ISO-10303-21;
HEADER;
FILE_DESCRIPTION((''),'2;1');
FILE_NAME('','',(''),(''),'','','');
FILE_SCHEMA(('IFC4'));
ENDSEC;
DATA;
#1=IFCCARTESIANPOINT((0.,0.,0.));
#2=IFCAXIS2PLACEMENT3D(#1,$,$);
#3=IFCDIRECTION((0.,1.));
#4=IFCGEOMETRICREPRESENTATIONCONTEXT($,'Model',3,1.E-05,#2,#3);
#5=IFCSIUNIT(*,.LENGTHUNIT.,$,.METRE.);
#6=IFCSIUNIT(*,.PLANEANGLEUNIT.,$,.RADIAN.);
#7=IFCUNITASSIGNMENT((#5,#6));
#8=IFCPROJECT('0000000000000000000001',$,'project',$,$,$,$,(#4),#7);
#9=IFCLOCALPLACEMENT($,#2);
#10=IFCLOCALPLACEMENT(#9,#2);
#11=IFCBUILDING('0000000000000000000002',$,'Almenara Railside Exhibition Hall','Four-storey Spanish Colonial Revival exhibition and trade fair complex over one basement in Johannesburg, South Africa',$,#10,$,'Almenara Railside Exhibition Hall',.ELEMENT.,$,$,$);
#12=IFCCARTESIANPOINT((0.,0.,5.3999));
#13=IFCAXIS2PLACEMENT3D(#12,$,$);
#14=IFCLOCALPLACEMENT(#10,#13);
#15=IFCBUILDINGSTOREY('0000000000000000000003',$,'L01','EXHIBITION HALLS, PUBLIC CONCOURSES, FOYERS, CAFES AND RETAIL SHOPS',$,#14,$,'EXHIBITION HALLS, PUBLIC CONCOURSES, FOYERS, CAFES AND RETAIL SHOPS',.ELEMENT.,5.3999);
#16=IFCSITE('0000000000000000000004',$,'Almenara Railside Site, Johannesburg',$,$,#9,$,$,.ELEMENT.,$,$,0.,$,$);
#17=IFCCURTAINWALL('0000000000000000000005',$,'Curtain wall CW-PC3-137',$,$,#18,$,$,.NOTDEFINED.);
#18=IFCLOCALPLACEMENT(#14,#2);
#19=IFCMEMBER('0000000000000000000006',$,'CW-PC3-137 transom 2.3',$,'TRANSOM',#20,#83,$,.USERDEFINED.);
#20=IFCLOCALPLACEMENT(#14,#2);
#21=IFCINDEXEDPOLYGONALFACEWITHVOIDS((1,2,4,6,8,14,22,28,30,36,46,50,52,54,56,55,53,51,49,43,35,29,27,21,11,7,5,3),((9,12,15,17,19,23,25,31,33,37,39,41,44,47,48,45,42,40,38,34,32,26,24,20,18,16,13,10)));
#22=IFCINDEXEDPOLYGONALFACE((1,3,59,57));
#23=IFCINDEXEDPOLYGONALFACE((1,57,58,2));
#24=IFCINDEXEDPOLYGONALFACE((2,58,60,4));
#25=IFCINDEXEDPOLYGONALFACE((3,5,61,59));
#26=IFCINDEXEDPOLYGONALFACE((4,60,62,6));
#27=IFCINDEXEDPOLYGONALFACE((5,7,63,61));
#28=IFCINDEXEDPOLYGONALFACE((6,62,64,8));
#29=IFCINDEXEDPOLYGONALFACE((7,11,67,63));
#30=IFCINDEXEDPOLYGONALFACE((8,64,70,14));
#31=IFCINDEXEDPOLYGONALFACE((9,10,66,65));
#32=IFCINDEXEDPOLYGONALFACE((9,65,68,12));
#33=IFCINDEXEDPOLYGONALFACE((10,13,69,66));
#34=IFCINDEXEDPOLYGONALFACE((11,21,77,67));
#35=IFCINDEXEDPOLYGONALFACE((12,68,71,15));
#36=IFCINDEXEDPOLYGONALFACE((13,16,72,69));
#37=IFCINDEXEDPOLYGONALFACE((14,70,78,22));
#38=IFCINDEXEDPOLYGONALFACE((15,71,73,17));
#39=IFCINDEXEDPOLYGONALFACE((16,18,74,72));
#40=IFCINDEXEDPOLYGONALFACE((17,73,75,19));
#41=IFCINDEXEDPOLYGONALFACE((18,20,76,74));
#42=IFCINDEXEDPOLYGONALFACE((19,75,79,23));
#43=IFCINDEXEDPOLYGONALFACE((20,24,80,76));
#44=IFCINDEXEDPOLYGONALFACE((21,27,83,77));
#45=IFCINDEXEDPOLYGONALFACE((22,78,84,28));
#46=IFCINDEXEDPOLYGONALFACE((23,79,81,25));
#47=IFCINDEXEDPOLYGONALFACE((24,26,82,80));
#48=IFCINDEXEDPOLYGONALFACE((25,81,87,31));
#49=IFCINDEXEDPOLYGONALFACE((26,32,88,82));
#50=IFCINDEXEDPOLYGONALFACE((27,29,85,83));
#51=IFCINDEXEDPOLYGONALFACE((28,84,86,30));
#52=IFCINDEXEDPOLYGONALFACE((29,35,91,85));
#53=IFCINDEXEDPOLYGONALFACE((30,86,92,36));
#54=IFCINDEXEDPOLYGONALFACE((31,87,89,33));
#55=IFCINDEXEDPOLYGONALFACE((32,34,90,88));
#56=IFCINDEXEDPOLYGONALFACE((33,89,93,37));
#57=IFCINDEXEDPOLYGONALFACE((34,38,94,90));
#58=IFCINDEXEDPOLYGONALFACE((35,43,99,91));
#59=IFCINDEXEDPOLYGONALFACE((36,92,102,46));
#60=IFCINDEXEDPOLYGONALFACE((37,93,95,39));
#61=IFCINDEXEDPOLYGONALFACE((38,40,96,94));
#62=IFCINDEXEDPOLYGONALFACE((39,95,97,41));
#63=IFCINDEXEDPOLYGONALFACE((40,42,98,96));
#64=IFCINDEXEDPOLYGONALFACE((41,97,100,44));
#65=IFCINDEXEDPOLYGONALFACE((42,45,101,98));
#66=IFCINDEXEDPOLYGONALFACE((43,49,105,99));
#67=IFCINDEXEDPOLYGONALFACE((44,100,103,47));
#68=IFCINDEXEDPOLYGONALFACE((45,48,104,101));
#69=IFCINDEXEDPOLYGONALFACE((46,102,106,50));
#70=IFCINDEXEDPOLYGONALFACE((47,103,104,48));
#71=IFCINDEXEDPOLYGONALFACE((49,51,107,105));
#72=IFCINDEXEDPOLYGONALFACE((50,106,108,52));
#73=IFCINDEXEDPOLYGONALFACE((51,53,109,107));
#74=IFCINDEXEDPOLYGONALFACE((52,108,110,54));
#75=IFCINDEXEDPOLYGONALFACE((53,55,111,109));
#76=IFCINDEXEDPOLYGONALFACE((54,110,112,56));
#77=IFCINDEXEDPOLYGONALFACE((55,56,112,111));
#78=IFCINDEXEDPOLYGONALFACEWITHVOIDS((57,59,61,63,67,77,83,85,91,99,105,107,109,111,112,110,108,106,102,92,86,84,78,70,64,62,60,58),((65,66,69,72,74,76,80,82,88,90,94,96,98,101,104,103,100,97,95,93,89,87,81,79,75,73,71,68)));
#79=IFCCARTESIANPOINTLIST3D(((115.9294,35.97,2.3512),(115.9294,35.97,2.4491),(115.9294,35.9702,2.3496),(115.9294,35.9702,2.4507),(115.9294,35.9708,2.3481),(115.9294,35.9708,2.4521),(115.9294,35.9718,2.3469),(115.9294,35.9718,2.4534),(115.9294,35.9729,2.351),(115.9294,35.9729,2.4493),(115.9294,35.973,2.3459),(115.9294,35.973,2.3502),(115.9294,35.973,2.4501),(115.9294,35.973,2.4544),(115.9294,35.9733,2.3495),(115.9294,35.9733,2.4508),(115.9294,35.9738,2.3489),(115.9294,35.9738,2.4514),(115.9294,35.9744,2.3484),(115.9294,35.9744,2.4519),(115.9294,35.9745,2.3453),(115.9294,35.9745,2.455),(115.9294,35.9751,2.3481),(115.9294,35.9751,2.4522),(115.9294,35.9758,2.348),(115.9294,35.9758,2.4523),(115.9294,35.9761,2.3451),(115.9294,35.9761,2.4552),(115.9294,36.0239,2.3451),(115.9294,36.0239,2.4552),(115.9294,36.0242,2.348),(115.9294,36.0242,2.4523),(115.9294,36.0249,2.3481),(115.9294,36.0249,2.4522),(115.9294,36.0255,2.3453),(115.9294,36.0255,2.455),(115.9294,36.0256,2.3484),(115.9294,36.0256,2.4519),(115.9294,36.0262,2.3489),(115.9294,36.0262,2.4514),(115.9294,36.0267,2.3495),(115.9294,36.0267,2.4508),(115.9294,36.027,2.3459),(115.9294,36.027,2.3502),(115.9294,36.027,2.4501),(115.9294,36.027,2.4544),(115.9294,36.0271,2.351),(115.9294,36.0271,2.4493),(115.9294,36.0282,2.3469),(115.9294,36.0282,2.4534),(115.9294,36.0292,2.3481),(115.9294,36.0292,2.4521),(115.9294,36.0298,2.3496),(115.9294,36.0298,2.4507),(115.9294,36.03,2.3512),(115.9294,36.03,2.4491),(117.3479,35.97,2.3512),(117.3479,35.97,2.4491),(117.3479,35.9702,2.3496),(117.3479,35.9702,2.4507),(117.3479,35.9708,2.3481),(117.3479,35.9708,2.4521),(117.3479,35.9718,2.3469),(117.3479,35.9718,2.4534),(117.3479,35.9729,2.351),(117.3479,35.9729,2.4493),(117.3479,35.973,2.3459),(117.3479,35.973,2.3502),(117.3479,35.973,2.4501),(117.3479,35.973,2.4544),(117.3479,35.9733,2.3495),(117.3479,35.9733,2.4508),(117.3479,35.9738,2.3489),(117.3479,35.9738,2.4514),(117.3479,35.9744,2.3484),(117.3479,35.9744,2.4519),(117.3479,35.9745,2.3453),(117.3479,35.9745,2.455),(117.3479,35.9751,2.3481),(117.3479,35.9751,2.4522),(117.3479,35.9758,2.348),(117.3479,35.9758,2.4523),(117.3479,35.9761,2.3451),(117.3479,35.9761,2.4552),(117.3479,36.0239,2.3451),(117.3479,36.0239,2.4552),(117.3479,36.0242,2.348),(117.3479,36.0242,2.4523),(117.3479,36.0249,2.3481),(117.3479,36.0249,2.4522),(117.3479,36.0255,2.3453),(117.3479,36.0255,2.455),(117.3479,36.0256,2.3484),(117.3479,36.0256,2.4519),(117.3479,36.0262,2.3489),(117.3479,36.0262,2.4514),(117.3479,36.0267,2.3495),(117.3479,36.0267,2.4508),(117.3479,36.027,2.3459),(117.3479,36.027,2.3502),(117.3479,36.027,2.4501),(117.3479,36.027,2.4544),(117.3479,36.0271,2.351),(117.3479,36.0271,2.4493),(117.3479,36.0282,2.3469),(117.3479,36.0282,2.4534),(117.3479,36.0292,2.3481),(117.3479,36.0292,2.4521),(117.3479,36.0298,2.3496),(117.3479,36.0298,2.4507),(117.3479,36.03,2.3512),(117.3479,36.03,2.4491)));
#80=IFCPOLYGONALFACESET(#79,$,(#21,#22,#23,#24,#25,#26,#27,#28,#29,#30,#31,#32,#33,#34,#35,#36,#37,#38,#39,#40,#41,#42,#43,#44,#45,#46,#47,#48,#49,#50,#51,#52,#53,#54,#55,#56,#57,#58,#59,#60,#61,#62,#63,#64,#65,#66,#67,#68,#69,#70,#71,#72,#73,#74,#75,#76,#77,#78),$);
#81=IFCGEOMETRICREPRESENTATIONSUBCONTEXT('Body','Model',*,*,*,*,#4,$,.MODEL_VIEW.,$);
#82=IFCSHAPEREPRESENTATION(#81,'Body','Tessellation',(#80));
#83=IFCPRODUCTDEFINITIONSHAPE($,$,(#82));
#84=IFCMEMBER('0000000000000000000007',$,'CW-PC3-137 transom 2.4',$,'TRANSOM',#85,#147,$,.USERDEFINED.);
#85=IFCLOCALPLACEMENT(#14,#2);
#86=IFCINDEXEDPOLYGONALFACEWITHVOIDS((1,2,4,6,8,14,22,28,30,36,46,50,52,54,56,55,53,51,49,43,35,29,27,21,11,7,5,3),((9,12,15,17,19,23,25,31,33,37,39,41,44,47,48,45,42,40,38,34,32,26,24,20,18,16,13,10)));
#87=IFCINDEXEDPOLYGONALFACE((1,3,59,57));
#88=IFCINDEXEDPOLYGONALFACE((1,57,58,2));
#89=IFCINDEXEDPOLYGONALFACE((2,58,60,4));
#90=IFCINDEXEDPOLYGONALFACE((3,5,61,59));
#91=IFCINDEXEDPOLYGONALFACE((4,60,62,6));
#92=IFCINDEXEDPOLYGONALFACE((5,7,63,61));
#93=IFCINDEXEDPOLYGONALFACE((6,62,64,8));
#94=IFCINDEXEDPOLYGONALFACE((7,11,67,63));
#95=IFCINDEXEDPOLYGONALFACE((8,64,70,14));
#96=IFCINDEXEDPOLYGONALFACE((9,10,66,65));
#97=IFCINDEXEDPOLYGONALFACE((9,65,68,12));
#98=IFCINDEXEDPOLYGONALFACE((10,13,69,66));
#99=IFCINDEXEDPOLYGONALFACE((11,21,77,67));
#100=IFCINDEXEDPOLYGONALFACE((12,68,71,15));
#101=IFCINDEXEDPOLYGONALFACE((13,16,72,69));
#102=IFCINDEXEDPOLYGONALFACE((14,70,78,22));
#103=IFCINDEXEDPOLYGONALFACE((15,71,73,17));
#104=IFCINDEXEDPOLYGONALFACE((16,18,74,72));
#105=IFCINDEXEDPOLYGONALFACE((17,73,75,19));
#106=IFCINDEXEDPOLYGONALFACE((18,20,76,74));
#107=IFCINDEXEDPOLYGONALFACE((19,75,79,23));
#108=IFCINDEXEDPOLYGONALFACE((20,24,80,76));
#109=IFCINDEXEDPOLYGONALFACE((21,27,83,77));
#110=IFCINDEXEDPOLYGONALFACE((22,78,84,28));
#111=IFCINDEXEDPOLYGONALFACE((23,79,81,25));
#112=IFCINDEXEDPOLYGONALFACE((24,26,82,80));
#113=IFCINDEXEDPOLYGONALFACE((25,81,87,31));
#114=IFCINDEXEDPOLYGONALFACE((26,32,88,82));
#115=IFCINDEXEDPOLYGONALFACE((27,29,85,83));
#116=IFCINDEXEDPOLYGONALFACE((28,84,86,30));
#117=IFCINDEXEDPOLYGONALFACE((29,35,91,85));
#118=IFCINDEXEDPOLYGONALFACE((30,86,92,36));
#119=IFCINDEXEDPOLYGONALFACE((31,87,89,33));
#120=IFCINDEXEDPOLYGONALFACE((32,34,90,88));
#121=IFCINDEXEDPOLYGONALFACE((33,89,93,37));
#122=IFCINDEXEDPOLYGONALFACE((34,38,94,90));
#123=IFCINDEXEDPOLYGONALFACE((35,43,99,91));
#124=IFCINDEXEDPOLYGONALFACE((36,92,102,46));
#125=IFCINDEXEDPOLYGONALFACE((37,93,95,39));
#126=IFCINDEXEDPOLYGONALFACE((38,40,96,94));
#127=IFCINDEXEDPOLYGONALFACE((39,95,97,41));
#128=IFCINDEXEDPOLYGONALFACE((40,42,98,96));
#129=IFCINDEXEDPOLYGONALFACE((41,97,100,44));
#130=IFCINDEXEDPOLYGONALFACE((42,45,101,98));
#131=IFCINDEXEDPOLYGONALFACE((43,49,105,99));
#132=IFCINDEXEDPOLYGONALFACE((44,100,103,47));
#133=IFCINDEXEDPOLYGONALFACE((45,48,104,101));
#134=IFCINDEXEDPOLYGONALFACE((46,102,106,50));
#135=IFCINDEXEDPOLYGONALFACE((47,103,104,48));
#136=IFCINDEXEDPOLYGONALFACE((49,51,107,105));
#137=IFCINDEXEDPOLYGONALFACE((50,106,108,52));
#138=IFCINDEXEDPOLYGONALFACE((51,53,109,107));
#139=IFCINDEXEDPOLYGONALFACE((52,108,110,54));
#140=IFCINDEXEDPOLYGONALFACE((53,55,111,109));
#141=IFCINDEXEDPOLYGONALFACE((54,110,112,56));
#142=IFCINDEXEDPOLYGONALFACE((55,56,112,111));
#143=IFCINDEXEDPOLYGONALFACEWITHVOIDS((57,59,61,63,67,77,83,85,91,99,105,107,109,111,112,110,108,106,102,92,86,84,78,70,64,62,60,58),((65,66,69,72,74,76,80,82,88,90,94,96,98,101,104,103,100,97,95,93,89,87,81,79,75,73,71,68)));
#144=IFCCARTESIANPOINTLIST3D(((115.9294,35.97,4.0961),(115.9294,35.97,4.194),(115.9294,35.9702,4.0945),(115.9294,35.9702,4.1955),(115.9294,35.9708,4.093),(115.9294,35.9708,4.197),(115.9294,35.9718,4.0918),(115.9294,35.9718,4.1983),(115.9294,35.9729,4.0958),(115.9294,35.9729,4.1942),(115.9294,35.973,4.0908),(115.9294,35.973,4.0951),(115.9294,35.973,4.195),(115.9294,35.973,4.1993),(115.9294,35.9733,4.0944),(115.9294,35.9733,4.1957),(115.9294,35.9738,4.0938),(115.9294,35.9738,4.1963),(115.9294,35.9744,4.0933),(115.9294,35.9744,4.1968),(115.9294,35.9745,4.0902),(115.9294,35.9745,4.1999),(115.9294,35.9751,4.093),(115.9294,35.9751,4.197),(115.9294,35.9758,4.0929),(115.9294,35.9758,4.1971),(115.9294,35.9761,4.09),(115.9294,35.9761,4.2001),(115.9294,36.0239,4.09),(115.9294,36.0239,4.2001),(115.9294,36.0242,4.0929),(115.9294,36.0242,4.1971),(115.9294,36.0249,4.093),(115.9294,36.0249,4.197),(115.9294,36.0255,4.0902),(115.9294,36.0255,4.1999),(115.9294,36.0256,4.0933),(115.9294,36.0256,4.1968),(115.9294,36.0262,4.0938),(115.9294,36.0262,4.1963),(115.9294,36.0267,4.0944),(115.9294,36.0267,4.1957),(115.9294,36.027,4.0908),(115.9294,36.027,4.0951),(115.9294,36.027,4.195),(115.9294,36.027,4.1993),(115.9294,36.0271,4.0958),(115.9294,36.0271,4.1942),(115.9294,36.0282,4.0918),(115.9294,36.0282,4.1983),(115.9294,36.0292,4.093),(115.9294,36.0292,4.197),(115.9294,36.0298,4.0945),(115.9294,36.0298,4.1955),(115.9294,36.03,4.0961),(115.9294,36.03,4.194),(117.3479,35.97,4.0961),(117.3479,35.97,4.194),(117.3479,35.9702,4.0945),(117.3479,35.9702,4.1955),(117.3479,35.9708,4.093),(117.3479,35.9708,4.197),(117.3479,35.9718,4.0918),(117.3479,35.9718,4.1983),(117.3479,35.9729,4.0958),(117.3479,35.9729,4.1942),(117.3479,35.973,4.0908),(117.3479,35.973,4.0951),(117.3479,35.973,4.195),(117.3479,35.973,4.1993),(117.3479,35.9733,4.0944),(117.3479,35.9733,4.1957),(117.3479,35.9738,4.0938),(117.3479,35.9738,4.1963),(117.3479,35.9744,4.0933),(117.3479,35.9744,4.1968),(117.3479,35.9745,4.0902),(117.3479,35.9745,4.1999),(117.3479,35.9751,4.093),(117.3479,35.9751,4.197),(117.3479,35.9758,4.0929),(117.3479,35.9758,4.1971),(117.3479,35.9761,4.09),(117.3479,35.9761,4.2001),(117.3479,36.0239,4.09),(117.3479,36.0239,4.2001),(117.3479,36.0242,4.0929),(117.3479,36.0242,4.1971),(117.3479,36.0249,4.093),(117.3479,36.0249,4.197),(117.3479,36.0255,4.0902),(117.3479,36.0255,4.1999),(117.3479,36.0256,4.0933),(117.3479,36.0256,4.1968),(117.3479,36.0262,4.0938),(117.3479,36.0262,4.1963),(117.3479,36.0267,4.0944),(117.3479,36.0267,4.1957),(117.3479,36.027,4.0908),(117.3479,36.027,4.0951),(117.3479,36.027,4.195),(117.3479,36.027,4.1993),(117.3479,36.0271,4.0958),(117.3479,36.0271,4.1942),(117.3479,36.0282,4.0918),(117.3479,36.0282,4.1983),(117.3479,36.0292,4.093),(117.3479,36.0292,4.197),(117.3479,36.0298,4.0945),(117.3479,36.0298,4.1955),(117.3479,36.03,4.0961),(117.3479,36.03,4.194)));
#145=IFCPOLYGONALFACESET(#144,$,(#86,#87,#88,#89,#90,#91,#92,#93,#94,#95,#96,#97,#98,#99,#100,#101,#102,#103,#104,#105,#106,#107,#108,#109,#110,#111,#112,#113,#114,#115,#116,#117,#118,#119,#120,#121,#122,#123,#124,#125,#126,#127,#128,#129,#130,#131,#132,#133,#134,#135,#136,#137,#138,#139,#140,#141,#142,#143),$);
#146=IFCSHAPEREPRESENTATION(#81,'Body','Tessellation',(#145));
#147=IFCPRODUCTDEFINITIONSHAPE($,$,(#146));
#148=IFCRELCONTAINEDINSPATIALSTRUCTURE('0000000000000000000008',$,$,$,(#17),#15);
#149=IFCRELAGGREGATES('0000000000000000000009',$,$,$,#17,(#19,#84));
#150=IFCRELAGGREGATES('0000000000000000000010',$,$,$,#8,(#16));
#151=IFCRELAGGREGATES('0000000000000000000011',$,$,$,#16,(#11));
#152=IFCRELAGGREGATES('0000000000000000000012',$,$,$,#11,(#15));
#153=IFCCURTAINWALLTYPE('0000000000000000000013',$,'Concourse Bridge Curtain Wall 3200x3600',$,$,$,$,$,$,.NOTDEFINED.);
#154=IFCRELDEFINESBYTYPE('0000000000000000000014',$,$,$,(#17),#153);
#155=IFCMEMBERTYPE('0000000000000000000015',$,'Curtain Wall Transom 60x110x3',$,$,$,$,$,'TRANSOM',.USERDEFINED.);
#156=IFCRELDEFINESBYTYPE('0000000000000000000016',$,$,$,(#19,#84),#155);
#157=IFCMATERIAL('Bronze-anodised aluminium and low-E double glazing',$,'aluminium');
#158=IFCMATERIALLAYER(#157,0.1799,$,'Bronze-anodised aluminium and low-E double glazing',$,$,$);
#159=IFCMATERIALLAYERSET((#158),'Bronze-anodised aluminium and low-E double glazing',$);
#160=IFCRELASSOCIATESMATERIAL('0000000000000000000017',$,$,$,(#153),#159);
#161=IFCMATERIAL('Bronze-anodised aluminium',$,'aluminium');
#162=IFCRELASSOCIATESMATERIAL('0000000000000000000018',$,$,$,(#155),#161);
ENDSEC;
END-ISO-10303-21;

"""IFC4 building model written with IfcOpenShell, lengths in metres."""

from ifc_helpers import new_model, si_unit, direction, frame, origin, origin_2d, place, context, subcontext, project, spatial, hollow_rectangle, extrude, material, layer, layer_set, material_profile, profile_set, type_object, element, aggregate, save


model = new_model("IFC4")

# Units and contexts
model_context = context("Model", 3, precision=1e-05, world=origin(), true_north=direction((0.0, 1.0)))
body_context = subcontext(model_context, "Body", "Model", "MODEL_VIEW")
ifc_project = project(units=[si_unit("LENGTHUNIT", "METRE"), si_unit("PLANEANGLEUNIT", "RADIAN")], contexts=[model_context])

# Site, building, storey
site_placement = place(None, origin())
site = spatial("IfcSite", under=ifc_project, at=site_placement, Name="Almenara Railside Site, Johannesburg", CompositionType="ELEMENT", RefElevation=0.0)
building_placement = place(site_placement, origin())
building = spatial("IfcBuilding", under=site, at=building_placement, Name="Almenara Railside Exhibition Hall", Description="Four-storey Spanish Colonial Revival exhibition and trade fair complex over one basement in Johannesburg, South Africa", LongName="Almenara Railside Exhibition Hall", CompositionType="ELEMENT")
storey_placement = place(building_placement, frame((0.0, 0.0, 5.3999)))
storey = spatial("IfcBuildingStorey", under=building, at=storey_placement, Name="L01", Description="EXHIBITION HALLS, PUBLIC CONCOURSES, FOYERS, CAFES AND RETAIL SHOPS", LongName="EXHIBITION HALLS, PUBLIC CONCOURSES, FOYERS, CAFES AND RETAIL SHOPS", CompositionType="ELEMENT", Elevation=5.3999)

# Curtain wall
ifc_material_1 = material(Name="Bronze-anodised aluminium and low-E double glazing", Category="aluminium")
ifc_layer_1 = layer(ifc_material_1, 0.1799, Name="Bronze-anodised aluminium and low-E double glazing")
ifc_layer_set_1 = layer_set([ifc_layer_1], Name="Bronze-anodised aluminium and low-E double glazing")
curtain_wall_type_1 = type_object("IfcCurtainWallType", Name="Concourse Bridge Curtain Wall 3200x3600", PredefinedType="NOTDEFINED", material=ifc_layer_set_1)
curtain_wall_1_placement = place(storey_placement, origin())
curtain_wall_1 = element("IfcCurtainWall", 1, at=curtain_wall_1_placement, inside=storey, type_object=curtain_wall_type_1, Name="Curtain wall CW-PC3-137", PredefinedType="NOTDEFINED")
ifc_material_2 = material(Name="Bronze-anodised aluminium", Category="aluminium")

# Members
ifc_material_profile_1 = material_profile(ifc_material_2, hollow_rectangle(XDim=0.0601, YDim=0.1101, WallThickness=0.0029, InnerFilletRadius=0.0029, OuterFilletRadius=0.0061, at=origin_2d()), Name="ALU-TRN 60x110x3")
ifc_profile_set_1 = profile_set([ifc_material_profile_1], Name="Bronze-anodised aluminium")
member_type_1 = type_object("IfcMemberType", Name="Curtain Wall Transom 60x110x3", ElementType="TRANSOM", PredefinedType="USERDEFINED", material=ifc_profile_set_1)
member_1_placement = place(storey_placement, frame((115.9294, 36.0, 2.4001), z_axis=(1.0, 0.0, 0.0), x_axis=(0.0, 1.0, 0.0)))
member_1 = element("IfcMember", 2, at=member_1_placement, type_object=member_type_1, Name="CW-PC3-137 transom 2.3", ObjectType="TRANSOM", PredefinedType="USERDEFINED", context=body_context, shape_type="SweptSolid", body=[
    extrude(hollow_rectangle(XDim=0.0601, YDim=0.1101, WallThickness=0.0029, InnerFilletRadius=0.0029, OuterFilletRadius=0.0061, at=origin_2d()), origin(), (0.0, 0.0, 1.0), 1.4185),
])
member_2_placement = place(storey_placement, frame((115.9294, 36.0, 4.145), z_axis=(1.0, 0.0, 0.0), x_axis=(0.0, 1.0, 0.0)))
member_2 = element("IfcMember", 3, at=member_2_placement, type_object=member_type_1, Name="CW-PC3-137 transom 2.4", ObjectType="TRANSOM", PredefinedType="USERDEFINED", context=body_context, shape_type="SweptSolid", body=[
    extrude(hollow_rectangle(XDim=0.0601, YDim=0.1101, WallThickness=0.0029, InnerFilletRadius=0.0029, OuterFilletRadius=0.0061, at=origin_2d()), origin(), (0.0, 0.0, 1.0), 1.4185),
])

aggregate(curtain_wall_1, [member_1, member_2])

save(model, "model.ifc")
